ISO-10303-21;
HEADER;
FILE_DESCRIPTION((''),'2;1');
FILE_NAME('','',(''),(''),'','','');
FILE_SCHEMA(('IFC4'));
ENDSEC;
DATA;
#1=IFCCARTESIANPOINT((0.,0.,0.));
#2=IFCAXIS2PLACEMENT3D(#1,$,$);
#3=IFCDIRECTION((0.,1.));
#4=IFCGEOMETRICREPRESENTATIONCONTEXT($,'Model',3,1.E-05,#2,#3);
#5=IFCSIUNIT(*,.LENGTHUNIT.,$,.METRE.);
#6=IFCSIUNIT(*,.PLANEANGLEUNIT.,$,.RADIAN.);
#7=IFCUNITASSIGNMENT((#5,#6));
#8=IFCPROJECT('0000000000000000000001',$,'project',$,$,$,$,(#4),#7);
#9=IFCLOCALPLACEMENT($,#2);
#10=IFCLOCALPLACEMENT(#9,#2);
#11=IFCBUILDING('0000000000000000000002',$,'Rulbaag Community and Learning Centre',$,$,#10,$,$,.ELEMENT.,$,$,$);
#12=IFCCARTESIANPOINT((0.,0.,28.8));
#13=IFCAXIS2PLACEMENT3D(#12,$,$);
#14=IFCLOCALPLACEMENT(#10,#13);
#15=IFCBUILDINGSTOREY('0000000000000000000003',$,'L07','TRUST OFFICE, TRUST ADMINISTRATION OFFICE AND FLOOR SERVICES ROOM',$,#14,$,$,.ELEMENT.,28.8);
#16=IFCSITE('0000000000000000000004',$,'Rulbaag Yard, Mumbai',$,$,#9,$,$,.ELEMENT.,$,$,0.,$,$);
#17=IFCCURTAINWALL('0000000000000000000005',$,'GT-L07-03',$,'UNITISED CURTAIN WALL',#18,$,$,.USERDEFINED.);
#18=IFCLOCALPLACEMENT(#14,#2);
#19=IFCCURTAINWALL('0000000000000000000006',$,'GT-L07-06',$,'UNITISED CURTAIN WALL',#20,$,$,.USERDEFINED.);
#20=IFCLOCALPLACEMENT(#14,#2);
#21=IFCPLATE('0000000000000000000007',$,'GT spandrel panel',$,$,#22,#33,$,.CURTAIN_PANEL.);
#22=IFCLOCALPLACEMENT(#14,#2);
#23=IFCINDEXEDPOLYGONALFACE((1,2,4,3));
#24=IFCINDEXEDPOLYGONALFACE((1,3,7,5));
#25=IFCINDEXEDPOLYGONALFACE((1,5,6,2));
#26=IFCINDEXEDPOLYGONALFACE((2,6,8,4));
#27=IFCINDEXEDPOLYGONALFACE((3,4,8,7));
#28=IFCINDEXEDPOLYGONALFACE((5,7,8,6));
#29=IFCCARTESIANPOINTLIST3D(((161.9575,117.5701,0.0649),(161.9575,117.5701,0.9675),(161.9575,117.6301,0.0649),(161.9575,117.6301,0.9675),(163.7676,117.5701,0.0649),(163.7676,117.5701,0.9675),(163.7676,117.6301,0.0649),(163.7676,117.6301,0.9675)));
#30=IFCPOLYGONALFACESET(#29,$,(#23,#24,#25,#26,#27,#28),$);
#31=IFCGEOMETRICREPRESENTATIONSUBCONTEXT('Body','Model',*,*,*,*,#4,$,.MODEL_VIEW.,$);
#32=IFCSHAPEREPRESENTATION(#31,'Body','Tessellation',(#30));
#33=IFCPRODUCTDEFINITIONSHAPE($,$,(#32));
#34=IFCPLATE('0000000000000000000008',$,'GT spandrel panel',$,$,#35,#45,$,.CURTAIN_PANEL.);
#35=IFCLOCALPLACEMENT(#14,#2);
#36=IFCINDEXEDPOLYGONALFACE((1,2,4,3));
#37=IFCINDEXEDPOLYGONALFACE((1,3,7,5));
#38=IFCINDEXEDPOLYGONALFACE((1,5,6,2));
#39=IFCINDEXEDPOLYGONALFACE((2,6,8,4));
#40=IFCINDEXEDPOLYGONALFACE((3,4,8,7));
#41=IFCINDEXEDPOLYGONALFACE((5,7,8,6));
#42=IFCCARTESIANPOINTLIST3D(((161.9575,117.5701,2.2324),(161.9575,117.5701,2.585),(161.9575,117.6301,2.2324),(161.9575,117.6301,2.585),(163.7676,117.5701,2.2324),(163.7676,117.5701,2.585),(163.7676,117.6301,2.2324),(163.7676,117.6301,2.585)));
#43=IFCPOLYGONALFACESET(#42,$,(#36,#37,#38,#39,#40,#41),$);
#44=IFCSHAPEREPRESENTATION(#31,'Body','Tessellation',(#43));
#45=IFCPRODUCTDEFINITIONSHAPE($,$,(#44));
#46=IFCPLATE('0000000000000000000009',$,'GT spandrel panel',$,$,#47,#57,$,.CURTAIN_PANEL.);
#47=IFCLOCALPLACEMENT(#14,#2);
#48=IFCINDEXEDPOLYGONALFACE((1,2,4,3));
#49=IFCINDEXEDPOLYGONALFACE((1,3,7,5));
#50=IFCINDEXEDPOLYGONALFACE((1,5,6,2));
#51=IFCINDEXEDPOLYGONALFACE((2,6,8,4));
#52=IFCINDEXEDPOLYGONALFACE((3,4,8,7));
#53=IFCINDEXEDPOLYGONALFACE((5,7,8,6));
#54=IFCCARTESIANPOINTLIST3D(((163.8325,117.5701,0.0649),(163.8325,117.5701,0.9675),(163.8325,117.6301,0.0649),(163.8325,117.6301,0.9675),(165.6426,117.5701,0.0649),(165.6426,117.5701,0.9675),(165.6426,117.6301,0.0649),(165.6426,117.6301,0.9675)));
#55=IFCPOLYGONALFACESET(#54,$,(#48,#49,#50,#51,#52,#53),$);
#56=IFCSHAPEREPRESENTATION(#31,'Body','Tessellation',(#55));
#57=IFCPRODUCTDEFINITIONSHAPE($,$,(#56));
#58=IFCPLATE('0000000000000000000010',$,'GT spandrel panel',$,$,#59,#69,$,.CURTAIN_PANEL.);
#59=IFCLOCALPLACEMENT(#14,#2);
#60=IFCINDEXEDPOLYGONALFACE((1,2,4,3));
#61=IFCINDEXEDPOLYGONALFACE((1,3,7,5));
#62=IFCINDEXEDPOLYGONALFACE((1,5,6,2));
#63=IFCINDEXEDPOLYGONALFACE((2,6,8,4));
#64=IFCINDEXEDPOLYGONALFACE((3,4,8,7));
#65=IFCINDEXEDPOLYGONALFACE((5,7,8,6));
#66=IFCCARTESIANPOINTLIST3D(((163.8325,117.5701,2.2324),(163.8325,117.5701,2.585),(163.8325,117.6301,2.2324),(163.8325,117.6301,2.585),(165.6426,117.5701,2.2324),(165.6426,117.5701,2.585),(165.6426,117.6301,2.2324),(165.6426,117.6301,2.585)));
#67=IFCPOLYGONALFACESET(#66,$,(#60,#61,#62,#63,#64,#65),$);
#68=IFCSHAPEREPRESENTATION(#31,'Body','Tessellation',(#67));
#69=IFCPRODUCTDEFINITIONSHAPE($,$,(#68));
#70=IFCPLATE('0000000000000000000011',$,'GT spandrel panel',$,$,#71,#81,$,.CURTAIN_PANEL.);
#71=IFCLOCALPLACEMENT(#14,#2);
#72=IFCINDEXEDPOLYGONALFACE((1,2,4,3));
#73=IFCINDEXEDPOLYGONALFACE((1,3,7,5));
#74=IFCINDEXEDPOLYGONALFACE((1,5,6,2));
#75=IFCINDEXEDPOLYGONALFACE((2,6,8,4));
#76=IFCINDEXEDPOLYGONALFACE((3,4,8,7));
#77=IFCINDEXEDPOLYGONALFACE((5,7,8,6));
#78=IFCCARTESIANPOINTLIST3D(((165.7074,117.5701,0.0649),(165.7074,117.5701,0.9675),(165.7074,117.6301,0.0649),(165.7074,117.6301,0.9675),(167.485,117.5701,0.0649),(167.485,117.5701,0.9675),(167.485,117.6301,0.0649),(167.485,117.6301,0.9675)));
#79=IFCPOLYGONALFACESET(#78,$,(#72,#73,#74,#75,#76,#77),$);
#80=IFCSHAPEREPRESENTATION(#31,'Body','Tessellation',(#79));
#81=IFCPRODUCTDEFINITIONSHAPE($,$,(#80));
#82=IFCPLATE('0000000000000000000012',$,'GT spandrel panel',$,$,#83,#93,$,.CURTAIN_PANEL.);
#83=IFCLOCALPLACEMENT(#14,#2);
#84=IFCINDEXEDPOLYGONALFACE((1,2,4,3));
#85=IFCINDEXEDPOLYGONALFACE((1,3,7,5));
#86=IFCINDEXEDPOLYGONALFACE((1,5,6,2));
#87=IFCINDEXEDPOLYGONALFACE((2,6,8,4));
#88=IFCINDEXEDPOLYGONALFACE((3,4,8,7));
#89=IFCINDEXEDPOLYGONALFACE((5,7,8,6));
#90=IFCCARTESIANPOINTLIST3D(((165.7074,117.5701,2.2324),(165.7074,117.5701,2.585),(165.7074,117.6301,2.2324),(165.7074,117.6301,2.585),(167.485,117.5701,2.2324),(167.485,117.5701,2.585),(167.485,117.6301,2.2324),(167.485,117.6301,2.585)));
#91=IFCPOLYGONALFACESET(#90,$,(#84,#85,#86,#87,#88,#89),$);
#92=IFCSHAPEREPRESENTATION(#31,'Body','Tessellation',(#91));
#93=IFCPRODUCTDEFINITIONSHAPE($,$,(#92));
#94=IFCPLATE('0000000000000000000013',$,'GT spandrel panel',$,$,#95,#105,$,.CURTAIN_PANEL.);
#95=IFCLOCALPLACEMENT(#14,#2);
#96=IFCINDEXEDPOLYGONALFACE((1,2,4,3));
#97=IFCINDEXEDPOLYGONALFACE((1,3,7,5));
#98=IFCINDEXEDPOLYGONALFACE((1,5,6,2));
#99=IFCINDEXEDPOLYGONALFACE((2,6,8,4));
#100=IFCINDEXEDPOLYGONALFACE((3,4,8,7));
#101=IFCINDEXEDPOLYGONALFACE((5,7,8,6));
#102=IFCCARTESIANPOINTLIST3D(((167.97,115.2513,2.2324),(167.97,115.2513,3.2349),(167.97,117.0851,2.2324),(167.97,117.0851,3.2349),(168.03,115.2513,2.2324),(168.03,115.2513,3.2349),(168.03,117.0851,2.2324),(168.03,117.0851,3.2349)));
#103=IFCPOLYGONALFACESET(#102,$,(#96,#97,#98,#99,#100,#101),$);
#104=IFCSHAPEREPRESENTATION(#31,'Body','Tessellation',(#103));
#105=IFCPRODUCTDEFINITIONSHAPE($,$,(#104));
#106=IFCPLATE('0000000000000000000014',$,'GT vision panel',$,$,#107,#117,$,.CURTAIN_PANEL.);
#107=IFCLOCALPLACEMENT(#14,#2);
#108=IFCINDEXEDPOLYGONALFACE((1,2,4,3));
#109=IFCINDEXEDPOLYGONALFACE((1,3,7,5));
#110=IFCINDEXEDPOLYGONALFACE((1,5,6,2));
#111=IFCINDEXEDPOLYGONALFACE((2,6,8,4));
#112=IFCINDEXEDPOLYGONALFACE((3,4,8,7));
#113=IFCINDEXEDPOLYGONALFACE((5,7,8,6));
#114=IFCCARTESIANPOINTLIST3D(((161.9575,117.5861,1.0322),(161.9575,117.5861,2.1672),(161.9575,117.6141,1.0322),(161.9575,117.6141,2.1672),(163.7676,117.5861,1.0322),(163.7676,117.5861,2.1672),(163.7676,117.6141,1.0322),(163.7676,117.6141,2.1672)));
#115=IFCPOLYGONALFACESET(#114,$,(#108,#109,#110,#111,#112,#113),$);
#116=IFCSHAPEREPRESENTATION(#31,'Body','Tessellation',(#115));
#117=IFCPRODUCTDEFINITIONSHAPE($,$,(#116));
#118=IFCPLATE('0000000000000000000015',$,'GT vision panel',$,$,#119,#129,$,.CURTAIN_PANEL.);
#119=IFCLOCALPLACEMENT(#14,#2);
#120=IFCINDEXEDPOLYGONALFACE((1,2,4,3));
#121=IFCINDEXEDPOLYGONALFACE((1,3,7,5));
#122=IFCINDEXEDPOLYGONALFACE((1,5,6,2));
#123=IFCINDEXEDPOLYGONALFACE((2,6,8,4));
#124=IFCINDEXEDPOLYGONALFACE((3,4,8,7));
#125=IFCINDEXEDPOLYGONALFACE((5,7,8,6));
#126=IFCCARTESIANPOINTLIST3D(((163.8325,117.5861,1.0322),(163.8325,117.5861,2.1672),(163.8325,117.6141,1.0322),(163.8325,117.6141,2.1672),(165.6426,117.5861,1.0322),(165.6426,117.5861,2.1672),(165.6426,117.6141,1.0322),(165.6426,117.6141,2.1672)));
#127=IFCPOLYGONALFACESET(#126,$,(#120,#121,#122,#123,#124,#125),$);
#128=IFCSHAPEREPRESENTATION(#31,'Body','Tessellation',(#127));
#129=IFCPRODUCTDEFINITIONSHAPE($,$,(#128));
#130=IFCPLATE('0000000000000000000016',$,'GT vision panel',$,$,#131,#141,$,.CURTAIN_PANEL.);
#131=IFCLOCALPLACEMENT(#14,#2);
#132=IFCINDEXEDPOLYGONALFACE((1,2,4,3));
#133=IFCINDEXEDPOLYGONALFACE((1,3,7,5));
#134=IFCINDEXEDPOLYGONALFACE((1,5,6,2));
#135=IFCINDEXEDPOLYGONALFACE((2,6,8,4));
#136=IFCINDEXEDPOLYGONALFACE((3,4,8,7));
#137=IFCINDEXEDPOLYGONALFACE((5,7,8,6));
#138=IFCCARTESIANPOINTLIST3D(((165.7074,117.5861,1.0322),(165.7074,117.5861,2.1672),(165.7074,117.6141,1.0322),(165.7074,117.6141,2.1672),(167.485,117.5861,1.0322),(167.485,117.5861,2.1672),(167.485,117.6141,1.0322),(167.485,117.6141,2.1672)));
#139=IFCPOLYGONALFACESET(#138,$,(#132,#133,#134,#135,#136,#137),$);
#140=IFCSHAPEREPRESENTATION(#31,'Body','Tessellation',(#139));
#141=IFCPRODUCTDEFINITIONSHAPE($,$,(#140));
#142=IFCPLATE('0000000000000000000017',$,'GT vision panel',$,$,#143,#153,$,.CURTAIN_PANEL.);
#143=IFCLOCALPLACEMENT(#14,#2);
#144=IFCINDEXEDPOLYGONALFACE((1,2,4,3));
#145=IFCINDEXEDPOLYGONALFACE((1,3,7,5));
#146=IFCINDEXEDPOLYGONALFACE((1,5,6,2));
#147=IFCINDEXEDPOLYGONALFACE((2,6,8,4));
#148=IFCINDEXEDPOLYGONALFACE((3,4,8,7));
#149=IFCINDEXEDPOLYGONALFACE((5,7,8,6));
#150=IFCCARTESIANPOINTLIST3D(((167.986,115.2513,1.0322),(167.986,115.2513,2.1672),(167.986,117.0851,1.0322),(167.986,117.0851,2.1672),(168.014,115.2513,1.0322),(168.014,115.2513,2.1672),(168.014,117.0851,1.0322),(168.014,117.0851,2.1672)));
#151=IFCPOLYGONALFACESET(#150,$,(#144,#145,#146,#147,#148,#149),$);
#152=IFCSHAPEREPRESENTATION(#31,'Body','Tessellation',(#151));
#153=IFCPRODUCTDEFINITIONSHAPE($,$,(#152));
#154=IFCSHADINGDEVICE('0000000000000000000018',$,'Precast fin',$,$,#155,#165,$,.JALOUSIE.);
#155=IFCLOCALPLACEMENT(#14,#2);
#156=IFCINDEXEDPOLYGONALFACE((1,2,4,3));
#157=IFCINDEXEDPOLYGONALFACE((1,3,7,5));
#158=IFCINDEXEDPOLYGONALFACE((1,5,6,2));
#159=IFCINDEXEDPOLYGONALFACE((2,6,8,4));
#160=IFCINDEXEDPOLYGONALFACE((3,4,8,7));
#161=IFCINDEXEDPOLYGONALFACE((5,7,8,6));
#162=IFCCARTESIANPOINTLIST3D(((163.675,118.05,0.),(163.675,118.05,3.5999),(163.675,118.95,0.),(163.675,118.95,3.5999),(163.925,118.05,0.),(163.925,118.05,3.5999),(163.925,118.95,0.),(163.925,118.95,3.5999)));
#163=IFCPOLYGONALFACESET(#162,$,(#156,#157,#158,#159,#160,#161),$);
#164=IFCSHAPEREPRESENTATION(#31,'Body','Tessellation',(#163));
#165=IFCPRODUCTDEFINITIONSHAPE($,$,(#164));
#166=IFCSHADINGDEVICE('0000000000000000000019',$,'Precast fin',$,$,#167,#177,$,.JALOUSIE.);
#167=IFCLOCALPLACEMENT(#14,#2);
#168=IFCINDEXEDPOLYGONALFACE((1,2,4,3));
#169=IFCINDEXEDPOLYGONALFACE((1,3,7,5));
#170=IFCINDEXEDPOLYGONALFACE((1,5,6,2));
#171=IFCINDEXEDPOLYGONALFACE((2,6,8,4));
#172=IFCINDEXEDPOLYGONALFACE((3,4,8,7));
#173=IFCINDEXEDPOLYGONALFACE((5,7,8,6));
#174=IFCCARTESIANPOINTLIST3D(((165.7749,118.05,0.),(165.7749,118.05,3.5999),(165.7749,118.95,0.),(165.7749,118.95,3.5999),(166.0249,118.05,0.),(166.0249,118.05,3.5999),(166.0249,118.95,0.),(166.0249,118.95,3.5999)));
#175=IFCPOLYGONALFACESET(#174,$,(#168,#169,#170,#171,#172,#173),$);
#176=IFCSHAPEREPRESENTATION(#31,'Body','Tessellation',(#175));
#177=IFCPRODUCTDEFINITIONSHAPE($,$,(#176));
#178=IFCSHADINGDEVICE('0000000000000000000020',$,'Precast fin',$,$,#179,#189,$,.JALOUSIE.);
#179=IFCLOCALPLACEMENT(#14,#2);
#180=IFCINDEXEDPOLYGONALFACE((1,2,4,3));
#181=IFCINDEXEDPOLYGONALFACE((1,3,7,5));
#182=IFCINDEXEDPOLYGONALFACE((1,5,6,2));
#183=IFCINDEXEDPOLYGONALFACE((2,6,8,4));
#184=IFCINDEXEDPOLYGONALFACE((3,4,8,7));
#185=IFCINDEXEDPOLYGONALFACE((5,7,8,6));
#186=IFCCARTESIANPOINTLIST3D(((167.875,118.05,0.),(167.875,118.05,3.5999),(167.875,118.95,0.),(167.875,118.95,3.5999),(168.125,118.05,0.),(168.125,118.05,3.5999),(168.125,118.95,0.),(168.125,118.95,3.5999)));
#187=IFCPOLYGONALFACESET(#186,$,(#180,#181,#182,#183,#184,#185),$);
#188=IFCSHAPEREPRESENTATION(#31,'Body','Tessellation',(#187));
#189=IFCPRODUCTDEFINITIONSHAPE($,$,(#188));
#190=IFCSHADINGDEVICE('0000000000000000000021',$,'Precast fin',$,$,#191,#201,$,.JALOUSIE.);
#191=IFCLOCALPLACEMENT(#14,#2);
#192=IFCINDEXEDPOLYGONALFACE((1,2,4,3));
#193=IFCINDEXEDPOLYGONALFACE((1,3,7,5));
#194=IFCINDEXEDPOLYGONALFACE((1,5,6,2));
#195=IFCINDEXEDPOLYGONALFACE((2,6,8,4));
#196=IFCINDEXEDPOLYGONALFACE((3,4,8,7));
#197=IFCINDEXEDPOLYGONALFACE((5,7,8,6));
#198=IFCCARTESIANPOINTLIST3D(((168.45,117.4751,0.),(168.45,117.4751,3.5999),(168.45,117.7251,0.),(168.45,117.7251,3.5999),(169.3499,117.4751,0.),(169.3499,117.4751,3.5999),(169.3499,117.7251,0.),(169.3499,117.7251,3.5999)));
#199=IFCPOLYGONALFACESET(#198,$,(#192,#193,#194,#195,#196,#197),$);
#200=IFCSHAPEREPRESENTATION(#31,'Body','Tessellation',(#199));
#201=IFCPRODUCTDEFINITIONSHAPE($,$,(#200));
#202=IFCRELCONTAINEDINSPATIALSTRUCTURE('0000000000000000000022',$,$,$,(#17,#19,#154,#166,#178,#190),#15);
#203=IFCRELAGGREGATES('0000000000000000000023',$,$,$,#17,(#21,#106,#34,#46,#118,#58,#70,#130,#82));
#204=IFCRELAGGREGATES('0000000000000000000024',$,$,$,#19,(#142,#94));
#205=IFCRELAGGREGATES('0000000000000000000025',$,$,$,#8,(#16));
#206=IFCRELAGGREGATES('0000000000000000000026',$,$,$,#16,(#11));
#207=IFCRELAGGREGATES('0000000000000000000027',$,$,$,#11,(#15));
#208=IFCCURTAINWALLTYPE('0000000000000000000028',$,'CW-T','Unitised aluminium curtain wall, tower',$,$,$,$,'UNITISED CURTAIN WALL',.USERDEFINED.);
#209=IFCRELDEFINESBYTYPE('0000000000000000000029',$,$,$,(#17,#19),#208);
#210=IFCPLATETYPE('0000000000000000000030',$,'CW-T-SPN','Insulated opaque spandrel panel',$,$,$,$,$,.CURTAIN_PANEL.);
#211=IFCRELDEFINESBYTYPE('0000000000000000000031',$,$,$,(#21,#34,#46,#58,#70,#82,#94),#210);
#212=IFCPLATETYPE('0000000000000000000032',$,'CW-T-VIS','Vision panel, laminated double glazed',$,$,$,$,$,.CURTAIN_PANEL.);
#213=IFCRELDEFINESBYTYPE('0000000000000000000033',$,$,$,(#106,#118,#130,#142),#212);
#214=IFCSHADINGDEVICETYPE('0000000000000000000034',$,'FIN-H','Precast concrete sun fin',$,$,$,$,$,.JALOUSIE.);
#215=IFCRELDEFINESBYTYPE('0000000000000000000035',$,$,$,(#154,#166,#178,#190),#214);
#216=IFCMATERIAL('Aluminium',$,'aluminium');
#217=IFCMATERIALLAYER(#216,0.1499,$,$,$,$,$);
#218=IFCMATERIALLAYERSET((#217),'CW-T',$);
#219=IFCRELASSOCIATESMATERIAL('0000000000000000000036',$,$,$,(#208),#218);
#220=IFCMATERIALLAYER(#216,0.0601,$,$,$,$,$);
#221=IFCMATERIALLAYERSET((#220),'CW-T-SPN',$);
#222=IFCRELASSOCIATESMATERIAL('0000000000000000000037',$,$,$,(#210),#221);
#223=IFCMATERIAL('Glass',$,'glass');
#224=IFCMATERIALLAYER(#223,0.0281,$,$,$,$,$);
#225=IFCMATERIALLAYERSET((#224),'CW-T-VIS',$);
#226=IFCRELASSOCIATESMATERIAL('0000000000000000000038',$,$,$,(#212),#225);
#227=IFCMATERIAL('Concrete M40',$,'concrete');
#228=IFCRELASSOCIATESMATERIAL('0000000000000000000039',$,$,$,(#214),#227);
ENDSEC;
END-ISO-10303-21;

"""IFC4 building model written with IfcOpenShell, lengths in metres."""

from ifc_helpers import new_model, si_unit, direction, frame, origin, origin_2d, place, context, subcontext, project, spatial, rectangle, extrude, material, layer, layer_set, material_profile, profile_set, type_object, element, aggregate, save


model = new_model("IFC4")

# Units and contexts
model_context = context("Model", 3, precision=1e-05, world=origin(), true_north=direction((0.0, 1.0)))
body_context = subcontext(model_context, "Body", "Model", "MODEL_VIEW")
ifc_project = project(units=[si_unit("LENGTHUNIT", "METRE"), si_unit("PLANEANGLEUNIT", "RADIAN")], contexts=[model_context])

# Site, building, storey
site_placement = place(None, origin())
site = spatial("IfcSite", under=ifc_project, at=site_placement, Name="Rulbaag Yard, Mumbai", CompositionType="ELEMENT", RefElevation=0.0)
building_placement = place(site_placement, origin())
building = spatial("IfcBuilding", under=site, at=building_placement, Name="Rulbaag Community and Learning Centre", CompositionType="ELEMENT")
storey_placement = place(building_placement, frame((0.0, 0.0, 28.8)))
storey = spatial("IfcBuildingStorey", under=building, at=storey_placement, Name="L07", Description="TRUST OFFICE, TRUST ADMINISTRATION OFFICE AND FLOOR SERVICES ROOM", CompositionType="ELEMENT", Elevation=28.8)

# Curtain wall
ifc_material_1 = material(Name="Aluminium", Category="aluminium")
ifc_layer_1 = layer(ifc_material_1, 0.1499)
ifc_layer_set_1 = layer_set([ifc_layer_1], Name="CW-T")
curtain_wall_type = type_object("IfcCurtainWallType", Name="CW-T", Description="Unitised aluminium curtain wall, tower", ElementType="UNITISED CURTAIN WALL", PredefinedType="USERDEFINED", material=ifc_layer_set_1)
curtain_wall_1_placement = place(storey_placement, origin())
curtain_wall_1 = element("IfcCurtainWall", 1, at=curtain_wall_1_placement, inside=storey, type_object=curtain_wall_type, Name="GT-L07-03", ObjectType="UNITISED CURTAIN WALL", PredefinedType="USERDEFINED")

# Curtain wall
curtain_wall_2_placement = place(storey_placement, origin())
curtain_wall_2 = element("IfcCurtainWall", 2, at=curtain_wall_2_placement, inside=storey, type_object=curtain_wall_type, Name="GT-L07-06", ObjectType="UNITISED CURTAIN WALL", PredefinedType="USERDEFINED")

# Plates
ifc_layer_2 = layer(ifc_material_1, 0.0601)
ifc_layer_set_2 = layer_set([ifc_layer_2], Name="CW-T-SPN")
plate_type_1 = type_object("IfcPlateType", Name="CW-T-SPN", Description="Insulated opaque spandrel panel", PredefinedType="CURTAIN_PANEL", material=ifc_layer_set_2)
plate_1_placement = place(storey_placement, frame((162.8625, 117.6001, 0.0649), z_axis=(0.0, 0.0, 1.0), x_axis=(1.0, 0.0, 0.0)))
plate_1 = element("IfcPlate", 3, at=plate_1_placement, type_object=plate_type_1, Name="GT spandrel panel", PredefinedType="CURTAIN_PANEL", context=body_context, shape_type="SweptSolid", body=[
    extrude(rectangle(XDim=1.8101, YDim=0.0601, at=origin_2d()), origin(), (0.0, 0.0, 1.0), 0.9026),
])
plate_2_placement = place(storey_placement, frame((162.8625, 117.6001, 2.2324), z_axis=(0.0, 0.0, 1.0), x_axis=(1.0, 0.0, 0.0)))
plate_2 = element("IfcPlate", 4, at=plate_2_placement, type_object=plate_type_1, Name="GT spandrel panel", PredefinedType="CURTAIN_PANEL", context=body_context, shape_type="SweptSolid", body=[
    extrude(rectangle(XDim=1.8101, YDim=0.0601, at=origin_2d()), origin(), (0.0, 0.0, 1.0), 0.3525),
])
plate_3_placement = place(storey_placement, frame((164.7375, 117.6001, 0.0649), z_axis=(0.0, 0.0, 1.0), x_axis=(1.0, 0.0, 0.0)))
plate_3 = element("IfcPlate", 5, at=plate_3_placement, type_object=plate_type_1, Name="GT spandrel panel", PredefinedType="CURTAIN_PANEL", context=body_context, shape_type="SweptSolid", body=[
    extrude(rectangle(XDim=1.8101, YDim=0.0601, at=origin_2d()), origin(), (0.0, 0.0, 1.0), 0.9026),
])
plate_4_placement = place(storey_placement, frame((164.7375, 117.6001, 2.2324), z_axis=(0.0, 0.0, 1.0), x_axis=(1.0, 0.0, 0.0)))
plate_4 = element("IfcPlate", 6, at=plate_4_placement, type_object=plate_type_1, Name="GT spandrel panel", PredefinedType="CURTAIN_PANEL", context=body_context, shape_type="SweptSolid", body=[
    extrude(rectangle(XDim=1.8101, YDim=0.0601, at=origin_2d()), origin(), (0.0, 0.0, 1.0), 0.3525),
])
plate_5_placement = place(storey_placement, frame((166.5962, 117.6001, 0.0649), z_axis=(0.0, 0.0, 1.0), x_axis=(1.0, 0.0, 0.0)))
plate_5 = element("IfcPlate", 7, at=plate_5_placement, type_object=plate_type_1, Name="GT spandrel panel", PredefinedType="CURTAIN_PANEL", context=body_context, shape_type="SweptSolid", body=[
    extrude(rectangle(XDim=1.7776, YDim=0.0601, at=origin_2d()), origin(), (0.0, 0.0, 1.0), 0.9026),
])
plate_6_placement = place(storey_placement, frame((166.5962, 117.6001, 2.2324), z_axis=(0.0, 0.0, 1.0), x_axis=(1.0, 0.0, 0.0)))
plate_6 = element("IfcPlate", 8, at=plate_6_placement, type_object=plate_type_1, Name="GT spandrel panel", PredefinedType="CURTAIN_PANEL", context=body_context, shape_type="SweptSolid", body=[
    extrude(rectangle(XDim=1.7776, YDim=0.0601, at=origin_2d()), origin(), (0.0, 0.0, 1.0), 0.3525),
])
plate_7_placement = place(storey_placement, frame((168.0, 116.1682, 2.2324), z_axis=(0.0, 0.0, 1.0), x_axis=(0.0, 1.0, 0.0)))
plate_7 = element("IfcPlate", 9, at=plate_7_placement, type_object=plate_type_1, Name="GT spandrel panel", PredefinedType="CURTAIN_PANEL", context=body_context, shape_type="SweptSolid", body=[
    extrude(rectangle(XDim=1.8337, YDim=0.0601, at=origin_2d()), origin(), (0.0, 0.0, 1.0), 1.0024),
])
ifc_material_2 = material(Name="Glass", Category="glass")
ifc_layer_3 = layer(ifc_material_2, 0.0281)
ifc_layer_set_3 = layer_set([ifc_layer_3], Name="CW-T-VIS")
plate_type_2 = type_object("IfcPlateType", Name="CW-T-VIS", Description="Vision panel, laminated double glazed", PredefinedType="CURTAIN_PANEL", material=ifc_layer_set_3)
plate_8_placement = place(storey_placement, frame((162.8625, 117.6001, 1.0322), z_axis=(0.0, 0.0, 1.0), x_axis=(1.0, 0.0, 0.0)))
plate_8 = element("IfcPlate", 10, at=plate_8_placement, type_object=plate_type_2, Name="GT vision panel", PredefinedType="CURTAIN_PANEL", context=body_context, shape_type="SweptSolid", body=[
    extrude(rectangle(XDim=1.8101, YDim=0.0281, at=origin_2d()), origin(), (0.0, 0.0, 1.0), 1.135),
])
plate_9_placement = place(storey_placement, frame((164.7375, 117.6001, 1.0322), z_axis=(0.0, 0.0, 1.0), x_axis=(1.0, 0.0, 0.0)))
plate_9 = element("IfcPlate", 11, at=plate_9_placement, type_object=plate_type_2, Name="GT vision panel", PredefinedType="CURTAIN_PANEL", context=body_context, shape_type="SweptSolid", body=[
    extrude(rectangle(XDim=1.8101, YDim=0.0281, at=origin_2d()), origin(), (0.0, 0.0, 1.0), 1.135),
])
plate_10_placement = place(storey_placement, frame((166.5962, 117.6001, 1.0322), z_axis=(0.0, 0.0, 1.0), x_axis=(1.0, 0.0, 0.0)))
plate_10 = element("IfcPlate", 12, at=plate_10_placement, type_object=plate_type_2, Name="GT vision panel", PredefinedType="CURTAIN_PANEL", context=body_context, shape_type="SweptSolid", body=[
    extrude(rectangle(XDim=1.7776, YDim=0.0281, at=origin_2d()), origin(), (0.0, 0.0, 1.0), 1.135),
])
aggregate(curtain_wall_1, [plate_1, plate_8, plate_2, plate_3, plate_9, plate_4, plate_5, plate_10, plate_6])
plate_11_placement = place(storey_placement, frame((168.0, 116.1682, 1.0322), z_axis=(0.0, 0.0, 1.0), x_axis=(0.0, 1.0, 0.0)))
plate_11 = element("IfcPlate", 13, at=plate_11_placement, type_object=plate_type_2, Name="GT vision panel", PredefinedType="CURTAIN_PANEL", context=body_context, shape_type="SweptSolid", body=[
    extrude(rectangle(XDim=1.8337, YDim=0.0281, at=origin_2d()), origin(), (0.0, 0.0, 1.0), 1.135),
])
aggregate(curtain_wall_2, [plate_11, plate_7])

# Shading devices
ifc_material_3 = material(Name="Concrete M40", Category="concrete")
ifc_material_profile_1 = material_profile(ifc_material_3, rectangle(XDim=0.25, YDim=0.8999, at=origin_2d()), Name="PC 250x900")
ifc_profile_set_1 = profile_set([ifc_material_profile_1], Name="Concrete M40")
shading_device_type = type_object("IfcShadingDeviceType", Name="FIN-H", Description="Precast concrete sun fin", PredefinedType="JALOUSIE", material=ifc_profile_set_1)
for number, where, z_axis, x_axis, name in (
    (14, (163.8, 118.5, 0.0), (0.0, 0.0, 1.0), (1.0, 0.0, 0.0), "Precast fin"),
    (15, (165.8999, 118.5, 0.0), (0.0, 0.0, 1.0), (1.0, 0.0, 0.0), "Precast fin"),
    (16, (168.0, 118.5, 0.0), (0.0, 0.0, 1.0), (1.0, 0.0, 0.0), "Precast fin"),
    (17, (168.8999, 117.6001, 0.0), (0.0, 0.0, 1.0), (0.0, 1.0, 0.0), "Precast fin"),
):
    element("IfcShadingDevice", number, at=place(storey_placement, frame(where, z_axis=z_axis, x_axis=x_axis)), inside=storey, type_object=shading_device_type, Name=name, PredefinedType="JALOUSIE", context=body_context, shape_type="SweptSolid", body=[
        extrude(rectangle(XDim=0.25, YDim=0.8999, at=origin_2d()), origin(), (0.0, 0.0, 1.0), 3.5999),
    ])

save(model, "model.ifc")
